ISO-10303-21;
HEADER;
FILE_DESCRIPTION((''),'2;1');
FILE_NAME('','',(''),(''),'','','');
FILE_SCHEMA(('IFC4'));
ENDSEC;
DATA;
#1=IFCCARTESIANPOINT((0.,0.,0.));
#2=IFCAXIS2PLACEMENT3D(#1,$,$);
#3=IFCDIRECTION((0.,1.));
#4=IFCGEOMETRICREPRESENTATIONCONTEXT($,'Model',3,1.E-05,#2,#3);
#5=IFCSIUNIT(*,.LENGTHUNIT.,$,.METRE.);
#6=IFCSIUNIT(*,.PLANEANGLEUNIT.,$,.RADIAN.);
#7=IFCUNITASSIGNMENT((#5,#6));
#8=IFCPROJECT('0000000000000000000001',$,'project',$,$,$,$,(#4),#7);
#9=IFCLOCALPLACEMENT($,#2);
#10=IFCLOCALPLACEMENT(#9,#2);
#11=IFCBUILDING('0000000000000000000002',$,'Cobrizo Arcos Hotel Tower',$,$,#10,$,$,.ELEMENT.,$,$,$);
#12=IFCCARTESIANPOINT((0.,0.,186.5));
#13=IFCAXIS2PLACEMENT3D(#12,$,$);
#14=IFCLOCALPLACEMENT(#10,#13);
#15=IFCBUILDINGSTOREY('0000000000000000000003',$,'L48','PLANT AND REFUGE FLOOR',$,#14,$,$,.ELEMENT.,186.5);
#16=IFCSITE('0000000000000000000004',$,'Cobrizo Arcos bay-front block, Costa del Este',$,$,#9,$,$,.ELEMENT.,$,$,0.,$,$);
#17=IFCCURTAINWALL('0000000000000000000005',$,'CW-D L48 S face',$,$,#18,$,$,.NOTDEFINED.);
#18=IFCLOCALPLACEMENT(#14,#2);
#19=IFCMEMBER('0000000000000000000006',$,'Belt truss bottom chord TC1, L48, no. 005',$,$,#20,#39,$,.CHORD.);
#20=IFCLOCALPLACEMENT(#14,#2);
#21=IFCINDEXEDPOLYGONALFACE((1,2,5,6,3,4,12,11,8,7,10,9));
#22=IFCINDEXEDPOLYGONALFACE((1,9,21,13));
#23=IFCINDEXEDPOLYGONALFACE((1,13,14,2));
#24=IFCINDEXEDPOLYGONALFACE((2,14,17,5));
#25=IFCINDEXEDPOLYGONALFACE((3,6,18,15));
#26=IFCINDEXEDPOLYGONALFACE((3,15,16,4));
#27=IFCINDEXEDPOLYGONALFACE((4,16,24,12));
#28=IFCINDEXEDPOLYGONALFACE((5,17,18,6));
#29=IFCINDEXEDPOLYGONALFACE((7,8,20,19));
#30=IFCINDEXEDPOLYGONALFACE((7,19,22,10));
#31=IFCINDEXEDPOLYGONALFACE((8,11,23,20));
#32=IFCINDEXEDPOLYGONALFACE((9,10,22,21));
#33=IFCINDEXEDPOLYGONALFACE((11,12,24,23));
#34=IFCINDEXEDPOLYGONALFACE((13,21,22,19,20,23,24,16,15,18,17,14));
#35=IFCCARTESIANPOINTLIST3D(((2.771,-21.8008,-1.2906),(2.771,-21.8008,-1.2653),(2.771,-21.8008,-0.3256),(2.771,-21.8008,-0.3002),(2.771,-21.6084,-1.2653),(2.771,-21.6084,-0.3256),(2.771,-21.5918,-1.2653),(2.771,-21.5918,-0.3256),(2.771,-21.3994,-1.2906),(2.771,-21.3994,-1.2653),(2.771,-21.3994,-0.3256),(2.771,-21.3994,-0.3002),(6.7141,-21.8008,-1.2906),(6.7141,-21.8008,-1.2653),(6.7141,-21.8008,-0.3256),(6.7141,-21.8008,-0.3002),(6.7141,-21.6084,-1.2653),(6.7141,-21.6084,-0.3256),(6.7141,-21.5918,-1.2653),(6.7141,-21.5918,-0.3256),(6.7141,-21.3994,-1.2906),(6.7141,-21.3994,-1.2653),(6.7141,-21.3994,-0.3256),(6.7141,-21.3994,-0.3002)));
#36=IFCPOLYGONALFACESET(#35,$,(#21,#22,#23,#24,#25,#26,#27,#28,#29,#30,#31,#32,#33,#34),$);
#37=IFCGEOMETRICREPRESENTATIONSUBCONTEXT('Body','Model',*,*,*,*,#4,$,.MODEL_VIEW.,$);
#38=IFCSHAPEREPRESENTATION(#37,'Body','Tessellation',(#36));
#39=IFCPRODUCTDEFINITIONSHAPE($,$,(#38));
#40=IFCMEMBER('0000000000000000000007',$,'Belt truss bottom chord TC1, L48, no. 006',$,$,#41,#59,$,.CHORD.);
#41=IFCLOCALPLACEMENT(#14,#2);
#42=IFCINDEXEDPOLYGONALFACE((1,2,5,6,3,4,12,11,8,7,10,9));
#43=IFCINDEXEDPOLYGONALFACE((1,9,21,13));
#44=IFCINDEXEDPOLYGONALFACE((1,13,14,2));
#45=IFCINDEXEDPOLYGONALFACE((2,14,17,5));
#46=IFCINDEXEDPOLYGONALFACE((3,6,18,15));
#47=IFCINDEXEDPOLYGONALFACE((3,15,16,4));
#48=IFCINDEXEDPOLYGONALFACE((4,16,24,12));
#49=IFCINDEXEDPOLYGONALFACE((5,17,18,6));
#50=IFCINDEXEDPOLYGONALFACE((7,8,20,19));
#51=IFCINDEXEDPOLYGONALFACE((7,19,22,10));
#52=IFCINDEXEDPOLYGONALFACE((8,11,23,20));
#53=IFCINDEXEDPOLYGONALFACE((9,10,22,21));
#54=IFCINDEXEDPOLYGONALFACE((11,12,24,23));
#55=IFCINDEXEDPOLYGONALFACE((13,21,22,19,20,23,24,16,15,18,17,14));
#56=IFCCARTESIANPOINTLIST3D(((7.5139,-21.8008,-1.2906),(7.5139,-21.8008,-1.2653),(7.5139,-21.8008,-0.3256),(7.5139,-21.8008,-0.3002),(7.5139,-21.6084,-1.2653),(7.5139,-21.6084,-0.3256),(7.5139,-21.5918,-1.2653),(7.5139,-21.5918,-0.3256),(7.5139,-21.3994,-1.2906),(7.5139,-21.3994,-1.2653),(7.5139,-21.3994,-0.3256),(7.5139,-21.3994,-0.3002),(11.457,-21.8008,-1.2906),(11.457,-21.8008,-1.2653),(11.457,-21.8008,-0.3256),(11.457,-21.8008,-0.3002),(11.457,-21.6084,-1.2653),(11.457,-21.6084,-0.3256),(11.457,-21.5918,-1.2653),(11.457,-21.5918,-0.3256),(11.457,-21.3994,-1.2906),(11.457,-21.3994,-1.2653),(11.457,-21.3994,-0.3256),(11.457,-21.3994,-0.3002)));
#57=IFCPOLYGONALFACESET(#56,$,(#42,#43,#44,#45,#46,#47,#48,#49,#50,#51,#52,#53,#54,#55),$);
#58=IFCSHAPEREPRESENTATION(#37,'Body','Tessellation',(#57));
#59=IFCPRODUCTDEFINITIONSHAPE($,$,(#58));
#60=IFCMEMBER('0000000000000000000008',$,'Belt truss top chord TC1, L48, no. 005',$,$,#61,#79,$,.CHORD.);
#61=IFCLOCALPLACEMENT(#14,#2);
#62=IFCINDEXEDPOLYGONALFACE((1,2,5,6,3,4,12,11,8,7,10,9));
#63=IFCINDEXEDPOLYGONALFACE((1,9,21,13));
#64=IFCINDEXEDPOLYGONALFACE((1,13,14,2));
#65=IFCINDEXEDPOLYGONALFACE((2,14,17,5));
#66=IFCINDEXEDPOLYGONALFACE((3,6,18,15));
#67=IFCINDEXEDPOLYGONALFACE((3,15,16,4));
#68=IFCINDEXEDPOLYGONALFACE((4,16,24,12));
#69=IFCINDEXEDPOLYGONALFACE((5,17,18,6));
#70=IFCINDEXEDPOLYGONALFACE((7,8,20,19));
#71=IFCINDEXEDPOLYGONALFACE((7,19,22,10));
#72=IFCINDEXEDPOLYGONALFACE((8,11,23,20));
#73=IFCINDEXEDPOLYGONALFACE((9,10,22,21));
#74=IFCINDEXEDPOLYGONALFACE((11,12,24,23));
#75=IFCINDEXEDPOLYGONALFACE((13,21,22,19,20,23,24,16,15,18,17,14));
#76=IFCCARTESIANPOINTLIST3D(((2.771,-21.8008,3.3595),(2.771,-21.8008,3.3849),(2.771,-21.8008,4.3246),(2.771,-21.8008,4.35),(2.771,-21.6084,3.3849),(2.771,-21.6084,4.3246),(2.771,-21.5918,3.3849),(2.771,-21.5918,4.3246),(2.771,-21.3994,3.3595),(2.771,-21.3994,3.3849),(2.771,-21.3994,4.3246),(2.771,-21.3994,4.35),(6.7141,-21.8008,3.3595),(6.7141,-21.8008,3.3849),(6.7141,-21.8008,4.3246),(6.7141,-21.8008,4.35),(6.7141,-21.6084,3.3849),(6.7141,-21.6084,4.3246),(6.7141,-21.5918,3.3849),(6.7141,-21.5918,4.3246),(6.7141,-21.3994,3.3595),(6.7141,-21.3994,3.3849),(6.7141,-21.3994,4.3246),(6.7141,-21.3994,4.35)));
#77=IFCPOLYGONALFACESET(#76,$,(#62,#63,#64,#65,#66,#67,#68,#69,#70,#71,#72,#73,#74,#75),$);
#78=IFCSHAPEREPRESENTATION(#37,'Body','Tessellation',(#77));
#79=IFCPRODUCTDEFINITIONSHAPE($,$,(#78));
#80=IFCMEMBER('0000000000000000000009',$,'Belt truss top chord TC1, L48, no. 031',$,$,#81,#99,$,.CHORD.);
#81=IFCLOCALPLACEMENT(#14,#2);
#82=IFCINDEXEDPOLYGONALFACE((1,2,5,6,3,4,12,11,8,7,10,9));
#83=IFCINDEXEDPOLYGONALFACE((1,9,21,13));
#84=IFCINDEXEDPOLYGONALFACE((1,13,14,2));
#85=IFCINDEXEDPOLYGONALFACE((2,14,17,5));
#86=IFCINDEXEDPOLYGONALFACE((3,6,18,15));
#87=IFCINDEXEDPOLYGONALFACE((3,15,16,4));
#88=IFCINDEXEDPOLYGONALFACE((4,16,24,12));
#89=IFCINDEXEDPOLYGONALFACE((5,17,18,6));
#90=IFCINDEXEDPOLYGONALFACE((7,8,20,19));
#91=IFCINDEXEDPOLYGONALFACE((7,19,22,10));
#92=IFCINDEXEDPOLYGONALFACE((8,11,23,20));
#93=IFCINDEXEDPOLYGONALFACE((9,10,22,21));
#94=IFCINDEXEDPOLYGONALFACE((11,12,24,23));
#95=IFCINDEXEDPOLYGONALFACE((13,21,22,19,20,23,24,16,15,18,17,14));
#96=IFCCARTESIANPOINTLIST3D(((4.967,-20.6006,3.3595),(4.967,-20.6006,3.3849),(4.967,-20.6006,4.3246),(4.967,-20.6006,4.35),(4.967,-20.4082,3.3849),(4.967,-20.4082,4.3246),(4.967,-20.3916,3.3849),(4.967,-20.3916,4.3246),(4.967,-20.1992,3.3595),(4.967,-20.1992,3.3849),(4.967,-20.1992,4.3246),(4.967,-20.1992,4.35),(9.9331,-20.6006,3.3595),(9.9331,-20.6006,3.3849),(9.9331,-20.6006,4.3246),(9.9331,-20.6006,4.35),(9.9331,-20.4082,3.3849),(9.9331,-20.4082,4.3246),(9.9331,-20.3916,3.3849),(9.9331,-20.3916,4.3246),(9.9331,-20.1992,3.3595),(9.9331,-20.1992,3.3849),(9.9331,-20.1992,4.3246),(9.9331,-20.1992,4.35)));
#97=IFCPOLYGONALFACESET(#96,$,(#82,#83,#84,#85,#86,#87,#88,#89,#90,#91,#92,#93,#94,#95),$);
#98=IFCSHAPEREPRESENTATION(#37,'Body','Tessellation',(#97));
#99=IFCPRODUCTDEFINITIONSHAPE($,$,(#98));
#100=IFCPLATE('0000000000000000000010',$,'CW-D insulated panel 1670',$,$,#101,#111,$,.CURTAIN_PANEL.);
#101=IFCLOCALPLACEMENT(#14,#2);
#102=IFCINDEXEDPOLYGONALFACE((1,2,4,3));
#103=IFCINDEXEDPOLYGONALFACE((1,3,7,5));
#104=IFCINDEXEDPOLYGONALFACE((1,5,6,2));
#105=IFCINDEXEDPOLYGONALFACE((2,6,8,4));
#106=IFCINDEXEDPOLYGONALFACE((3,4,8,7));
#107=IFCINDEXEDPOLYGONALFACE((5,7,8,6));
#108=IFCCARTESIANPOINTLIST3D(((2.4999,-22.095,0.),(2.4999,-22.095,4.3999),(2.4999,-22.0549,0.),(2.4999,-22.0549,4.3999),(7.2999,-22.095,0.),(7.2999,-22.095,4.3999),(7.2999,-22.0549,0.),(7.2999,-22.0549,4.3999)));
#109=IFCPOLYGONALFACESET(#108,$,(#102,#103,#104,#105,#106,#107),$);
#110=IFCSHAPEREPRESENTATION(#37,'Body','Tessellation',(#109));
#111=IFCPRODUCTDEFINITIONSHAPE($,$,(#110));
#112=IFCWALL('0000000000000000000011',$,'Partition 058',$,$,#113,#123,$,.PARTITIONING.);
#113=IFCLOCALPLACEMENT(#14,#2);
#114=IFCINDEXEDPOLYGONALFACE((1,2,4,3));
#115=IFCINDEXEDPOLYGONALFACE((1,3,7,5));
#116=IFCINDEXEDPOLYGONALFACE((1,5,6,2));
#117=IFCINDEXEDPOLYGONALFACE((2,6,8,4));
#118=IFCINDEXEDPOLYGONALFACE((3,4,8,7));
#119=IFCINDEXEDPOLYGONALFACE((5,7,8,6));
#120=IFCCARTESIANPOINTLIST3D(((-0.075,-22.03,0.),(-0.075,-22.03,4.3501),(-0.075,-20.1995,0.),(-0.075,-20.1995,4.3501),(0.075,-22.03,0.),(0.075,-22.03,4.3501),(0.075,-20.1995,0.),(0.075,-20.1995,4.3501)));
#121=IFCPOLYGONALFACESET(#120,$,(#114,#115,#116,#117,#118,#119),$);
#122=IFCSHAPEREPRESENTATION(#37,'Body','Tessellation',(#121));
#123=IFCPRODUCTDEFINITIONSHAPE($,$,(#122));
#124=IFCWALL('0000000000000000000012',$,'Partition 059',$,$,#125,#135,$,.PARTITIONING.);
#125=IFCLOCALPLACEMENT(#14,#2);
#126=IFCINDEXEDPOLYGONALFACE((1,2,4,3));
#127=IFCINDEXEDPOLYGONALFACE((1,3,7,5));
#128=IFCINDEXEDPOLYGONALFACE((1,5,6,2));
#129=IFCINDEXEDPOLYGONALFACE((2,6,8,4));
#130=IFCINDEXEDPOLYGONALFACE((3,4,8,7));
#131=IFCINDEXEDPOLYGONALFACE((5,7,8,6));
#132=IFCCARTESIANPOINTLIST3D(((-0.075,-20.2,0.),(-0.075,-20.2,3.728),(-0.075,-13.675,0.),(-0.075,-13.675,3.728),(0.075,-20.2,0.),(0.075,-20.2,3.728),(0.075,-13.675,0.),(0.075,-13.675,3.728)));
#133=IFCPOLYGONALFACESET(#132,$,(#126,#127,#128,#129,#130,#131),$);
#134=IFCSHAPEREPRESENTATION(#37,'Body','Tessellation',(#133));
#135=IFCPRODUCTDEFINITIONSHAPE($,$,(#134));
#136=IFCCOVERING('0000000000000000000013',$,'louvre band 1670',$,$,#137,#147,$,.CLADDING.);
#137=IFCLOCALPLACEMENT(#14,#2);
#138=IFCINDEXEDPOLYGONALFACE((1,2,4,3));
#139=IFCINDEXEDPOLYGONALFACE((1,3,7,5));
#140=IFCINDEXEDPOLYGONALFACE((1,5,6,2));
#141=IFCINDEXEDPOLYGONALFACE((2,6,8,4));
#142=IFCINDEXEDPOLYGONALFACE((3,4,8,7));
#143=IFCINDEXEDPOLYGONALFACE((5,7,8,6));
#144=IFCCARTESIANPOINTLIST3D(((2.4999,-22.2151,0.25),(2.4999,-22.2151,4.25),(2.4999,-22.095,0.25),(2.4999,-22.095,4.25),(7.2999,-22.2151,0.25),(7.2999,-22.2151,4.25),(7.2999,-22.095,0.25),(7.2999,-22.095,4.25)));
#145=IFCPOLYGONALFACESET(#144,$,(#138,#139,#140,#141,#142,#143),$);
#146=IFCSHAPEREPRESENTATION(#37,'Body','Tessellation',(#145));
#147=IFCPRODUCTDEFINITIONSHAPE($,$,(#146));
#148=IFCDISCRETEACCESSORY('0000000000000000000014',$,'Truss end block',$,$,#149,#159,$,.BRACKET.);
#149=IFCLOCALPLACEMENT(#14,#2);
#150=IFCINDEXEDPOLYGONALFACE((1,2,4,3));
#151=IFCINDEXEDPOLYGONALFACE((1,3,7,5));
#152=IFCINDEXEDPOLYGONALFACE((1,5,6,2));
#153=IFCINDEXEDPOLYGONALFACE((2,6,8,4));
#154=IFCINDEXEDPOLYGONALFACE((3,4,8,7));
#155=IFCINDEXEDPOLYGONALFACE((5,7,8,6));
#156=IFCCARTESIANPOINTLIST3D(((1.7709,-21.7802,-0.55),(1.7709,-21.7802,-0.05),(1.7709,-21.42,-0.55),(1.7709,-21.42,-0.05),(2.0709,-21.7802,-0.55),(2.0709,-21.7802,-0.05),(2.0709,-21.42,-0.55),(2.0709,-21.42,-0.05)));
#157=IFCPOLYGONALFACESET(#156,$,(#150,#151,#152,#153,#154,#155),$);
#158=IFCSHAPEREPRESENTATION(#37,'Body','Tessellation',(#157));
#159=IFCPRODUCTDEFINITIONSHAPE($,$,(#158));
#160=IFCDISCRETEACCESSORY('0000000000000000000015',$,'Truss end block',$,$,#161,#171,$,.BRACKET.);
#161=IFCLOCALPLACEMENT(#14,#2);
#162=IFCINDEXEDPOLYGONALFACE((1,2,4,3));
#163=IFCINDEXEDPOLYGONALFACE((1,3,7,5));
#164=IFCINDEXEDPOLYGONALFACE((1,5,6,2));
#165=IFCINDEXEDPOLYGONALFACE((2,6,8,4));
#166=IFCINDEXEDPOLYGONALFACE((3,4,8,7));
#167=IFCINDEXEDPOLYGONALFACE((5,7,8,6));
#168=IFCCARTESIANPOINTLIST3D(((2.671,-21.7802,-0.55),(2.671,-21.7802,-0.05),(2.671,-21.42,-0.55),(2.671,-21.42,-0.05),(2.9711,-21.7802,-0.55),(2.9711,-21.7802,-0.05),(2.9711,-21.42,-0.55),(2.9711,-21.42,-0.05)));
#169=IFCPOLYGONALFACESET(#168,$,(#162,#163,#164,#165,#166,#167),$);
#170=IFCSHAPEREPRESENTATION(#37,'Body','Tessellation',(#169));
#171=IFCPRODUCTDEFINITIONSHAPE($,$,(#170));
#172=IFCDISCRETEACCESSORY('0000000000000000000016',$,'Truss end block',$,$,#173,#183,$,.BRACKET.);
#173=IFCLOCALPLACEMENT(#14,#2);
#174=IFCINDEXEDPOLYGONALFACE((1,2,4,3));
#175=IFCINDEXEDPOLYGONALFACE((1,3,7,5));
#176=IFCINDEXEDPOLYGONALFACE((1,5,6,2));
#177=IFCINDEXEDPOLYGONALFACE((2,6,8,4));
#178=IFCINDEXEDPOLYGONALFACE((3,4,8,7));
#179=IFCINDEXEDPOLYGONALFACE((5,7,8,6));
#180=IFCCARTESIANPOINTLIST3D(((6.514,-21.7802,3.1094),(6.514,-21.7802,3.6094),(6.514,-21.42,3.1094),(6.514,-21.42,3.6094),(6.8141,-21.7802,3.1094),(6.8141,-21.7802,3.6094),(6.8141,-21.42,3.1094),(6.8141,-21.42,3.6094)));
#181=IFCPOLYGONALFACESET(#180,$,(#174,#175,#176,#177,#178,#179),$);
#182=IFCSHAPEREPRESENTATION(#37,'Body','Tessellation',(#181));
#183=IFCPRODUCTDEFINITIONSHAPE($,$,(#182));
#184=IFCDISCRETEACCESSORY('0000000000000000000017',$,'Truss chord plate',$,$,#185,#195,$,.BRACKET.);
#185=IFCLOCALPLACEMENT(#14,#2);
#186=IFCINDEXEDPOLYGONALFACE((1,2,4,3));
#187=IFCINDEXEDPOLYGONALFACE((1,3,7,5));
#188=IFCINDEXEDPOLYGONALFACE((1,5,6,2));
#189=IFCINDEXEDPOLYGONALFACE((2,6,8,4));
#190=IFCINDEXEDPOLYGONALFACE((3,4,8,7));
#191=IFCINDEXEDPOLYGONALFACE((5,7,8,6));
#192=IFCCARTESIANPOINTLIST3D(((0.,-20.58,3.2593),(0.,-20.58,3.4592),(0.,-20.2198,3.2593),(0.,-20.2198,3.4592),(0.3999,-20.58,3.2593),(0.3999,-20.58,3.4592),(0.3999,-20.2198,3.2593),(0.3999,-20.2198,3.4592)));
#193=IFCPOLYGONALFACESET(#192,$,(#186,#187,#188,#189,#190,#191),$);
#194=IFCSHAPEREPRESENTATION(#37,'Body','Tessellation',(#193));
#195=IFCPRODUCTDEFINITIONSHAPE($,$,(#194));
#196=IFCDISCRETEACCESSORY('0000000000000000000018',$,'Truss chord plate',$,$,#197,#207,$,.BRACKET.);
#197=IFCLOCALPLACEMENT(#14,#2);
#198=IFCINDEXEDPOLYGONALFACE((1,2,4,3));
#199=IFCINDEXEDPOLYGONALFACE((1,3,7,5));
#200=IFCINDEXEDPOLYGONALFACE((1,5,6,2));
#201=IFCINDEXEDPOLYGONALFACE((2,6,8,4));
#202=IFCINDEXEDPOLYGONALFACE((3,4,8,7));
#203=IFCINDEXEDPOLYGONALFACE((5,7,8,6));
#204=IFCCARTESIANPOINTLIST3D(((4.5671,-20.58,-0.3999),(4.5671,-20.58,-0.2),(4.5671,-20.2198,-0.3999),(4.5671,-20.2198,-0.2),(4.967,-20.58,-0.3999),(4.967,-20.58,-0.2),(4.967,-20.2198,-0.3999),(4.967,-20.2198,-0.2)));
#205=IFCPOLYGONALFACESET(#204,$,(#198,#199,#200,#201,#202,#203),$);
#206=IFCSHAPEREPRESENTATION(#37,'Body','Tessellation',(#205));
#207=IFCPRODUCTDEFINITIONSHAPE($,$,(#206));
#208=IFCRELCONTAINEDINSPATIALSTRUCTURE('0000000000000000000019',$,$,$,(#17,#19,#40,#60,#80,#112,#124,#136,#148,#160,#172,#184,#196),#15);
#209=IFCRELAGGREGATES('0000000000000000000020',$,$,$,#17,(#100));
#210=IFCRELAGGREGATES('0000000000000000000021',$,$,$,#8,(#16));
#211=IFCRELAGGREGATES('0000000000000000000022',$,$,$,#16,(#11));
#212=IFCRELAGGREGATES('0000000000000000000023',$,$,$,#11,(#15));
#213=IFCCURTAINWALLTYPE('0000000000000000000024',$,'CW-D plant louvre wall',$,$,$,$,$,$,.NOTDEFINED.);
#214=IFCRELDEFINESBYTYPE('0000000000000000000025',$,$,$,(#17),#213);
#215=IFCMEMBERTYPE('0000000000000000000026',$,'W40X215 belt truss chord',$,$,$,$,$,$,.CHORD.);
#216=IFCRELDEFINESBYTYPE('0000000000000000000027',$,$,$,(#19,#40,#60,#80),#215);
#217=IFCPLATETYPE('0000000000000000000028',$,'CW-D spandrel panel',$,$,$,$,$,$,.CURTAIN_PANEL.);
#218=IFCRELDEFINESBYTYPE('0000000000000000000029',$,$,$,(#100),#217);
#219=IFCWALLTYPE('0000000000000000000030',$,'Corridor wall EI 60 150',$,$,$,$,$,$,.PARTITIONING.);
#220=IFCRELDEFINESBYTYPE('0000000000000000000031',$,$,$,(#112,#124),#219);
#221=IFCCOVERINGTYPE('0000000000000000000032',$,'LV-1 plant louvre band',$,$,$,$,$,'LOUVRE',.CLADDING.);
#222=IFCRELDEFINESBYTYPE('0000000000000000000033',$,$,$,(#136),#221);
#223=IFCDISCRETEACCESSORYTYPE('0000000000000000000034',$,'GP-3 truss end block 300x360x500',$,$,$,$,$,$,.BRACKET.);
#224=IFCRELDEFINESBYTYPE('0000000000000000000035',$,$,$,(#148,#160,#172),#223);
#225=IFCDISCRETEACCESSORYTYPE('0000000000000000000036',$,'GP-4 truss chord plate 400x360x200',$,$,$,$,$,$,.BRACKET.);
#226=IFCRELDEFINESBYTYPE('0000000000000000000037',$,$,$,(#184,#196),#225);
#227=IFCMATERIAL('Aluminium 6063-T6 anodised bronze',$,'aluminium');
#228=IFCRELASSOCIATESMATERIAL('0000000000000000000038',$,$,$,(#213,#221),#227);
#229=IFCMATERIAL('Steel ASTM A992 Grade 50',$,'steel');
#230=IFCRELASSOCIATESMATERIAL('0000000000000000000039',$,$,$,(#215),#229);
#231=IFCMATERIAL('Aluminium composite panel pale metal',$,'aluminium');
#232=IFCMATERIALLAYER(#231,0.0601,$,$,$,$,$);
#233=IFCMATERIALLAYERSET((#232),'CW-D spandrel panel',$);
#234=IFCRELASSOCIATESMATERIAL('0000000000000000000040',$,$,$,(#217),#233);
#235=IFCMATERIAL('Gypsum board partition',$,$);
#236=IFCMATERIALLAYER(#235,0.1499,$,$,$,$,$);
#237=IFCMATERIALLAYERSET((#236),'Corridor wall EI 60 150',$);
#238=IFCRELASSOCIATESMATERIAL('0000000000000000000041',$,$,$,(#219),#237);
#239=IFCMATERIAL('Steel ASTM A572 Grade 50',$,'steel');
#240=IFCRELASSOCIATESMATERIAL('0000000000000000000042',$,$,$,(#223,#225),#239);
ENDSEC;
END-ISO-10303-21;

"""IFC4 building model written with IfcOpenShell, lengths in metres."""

from ifc_helpers import new_model, si_unit, direction, frame, frame_2d, origin, origin_2d, place, context, subcontext, project, spatial, rectangle, i_section, extrude, material, layer, layer_set, material_profile, profile_set, type_object, element, aggregate, save


model = new_model("IFC4")

# Units and contexts
model_context = context("Model", 3, precision=1e-05, world=origin(), true_north=direction((0.0, 1.0)))
body_context = subcontext(model_context, "Body", "Model", "MODEL_VIEW")
ifc_project = project(units=[si_unit("LENGTHUNIT", "METRE"), si_unit("PLANEANGLEUNIT", "RADIAN")], contexts=[model_context])

# Site, building, storey
site_placement = place(None, origin())
site = spatial("IfcSite", under=ifc_project, at=site_placement, Name="Cobrizo Arcos bay-front block, Costa del Este", CompositionType="ELEMENT", RefElevation=0.0)
building_placement = place(site_placement, origin())
building = spatial("IfcBuilding", under=site, at=building_placement, Name="Cobrizo Arcos Hotel Tower", CompositionType="ELEMENT")
storey_placement = place(building_placement, frame((0.0, 0.0, 186.5)))
storey = spatial("IfcBuildingStorey", under=building, at=storey_placement, Name="L48", Description="PLANT AND REFUGE FLOOR", CompositionType="ELEMENT", Elevation=186.5)

# Shared definitions
ifc_material_1 = material(Name="Steel ASTM A572 Grade 50", Category="steel")

# Curtain wall
ifc_material_2 = material(Name="Aluminium 6063-T6 anodised bronze", Category="aluminium")
curtain_wall_type = type_object("IfcCurtainWallType", Name="CW-D plant louvre wall", PredefinedType="NOTDEFINED", material=ifc_material_2)
curtain_wall_placement = place(storey_placement, origin())
curtain_wall = element("IfcCurtainWall", 1, at=curtain_wall_placement, inside=storey, type_object=curtain_wall_type, Name="CW-D L48 S face", PredefinedType="NOTDEFINED")

# Members
ifc_material_3 = material(Name="Steel ASTM A992 Grade 50", Category="steel")
ifc_material_profile_1 = material_profile(ifc_material_3, i_section(OverallWidth=0.4014, OverallDepth=0.9905, WebThickness=0.0166, FlangeThickness=0.0254, at=origin_2d()), Name="W40X215")
ifc_profile_set_1 = profile_set([ifc_material_profile_1], Name="Steel ASTM A992 Grade 50")
member_type_1 = type_object("IfcMemberType", Name="W40X215 belt truss chord", PredefinedType="CHORD", material=ifc_profile_set_1)
for number, where, z_axis, x_axis, name in (
    (2, (2.771, -21.6001, -0.7954), (1.0, 0.0, 0.0), (0.0, 1.0, 0.0), "Belt truss bottom chord TC1, L48, no. 005"),
    (3, (7.5139, -21.6001, -0.7954), (1.0, 0.0, 0.0), (0.0, 1.0, 0.0), "Belt truss bottom chord TC1, L48, no. 006"),
    (4, (2.771, -21.6001, 3.8547), (1.0, 0.0, 0.0), (0.0, 1.0, 0.0), "Belt truss top chord TC1, L48, no. 005"),
):
    element("IfcMember", number, at=place(storey_placement, frame(where, z_axis=z_axis, x_axis=x_axis)), inside=storey, type_object=member_type_1, Name=name, PredefinedType="CHORD", context=body_context, shape_type="SweptSolid", body=[
        extrude(i_section(OverallWidth=0.4014, OverallDepth=0.9905, WebThickness=0.0166, FlangeThickness=0.0254, at=origin_2d()), origin(), (0.0, 0.0, 1.0), 3.9431),
    ])
member_1_placement = place(storey_placement, frame((4.967, -20.3999, 3.8547), z_axis=(1.0, 0.0, 0.0), x_axis=(0.0, 1.0, 0.0)))
element("IfcMember", 5, at=member_1_placement, inside=storey, type_object=member_type_1, Name="Belt truss top chord TC1, L48, no. 031", PredefinedType="CHORD", context=body_context, shape_type="SweptSolid", body=[
    extrude(i_section(OverallWidth=0.4014, OverallDepth=0.9905, WebThickness=0.0166, FlangeThickness=0.0254, at=origin_2d()), origin(), (0.0, 0.0, 1.0), 4.9661),
])

# Plate
ifc_material_4 = material(Name="Aluminium composite panel pale metal", Category="aluminium")
ifc_layer_1 = layer(ifc_material_4, 0.0601)
ifc_layer_set_1 = layer_set([ifc_layer_1], Name="CW-D spandrel panel")
plate_type = type_object("IfcPlateType", Name="CW-D spandrel panel", PredefinedType="CURTAIN_PANEL", material=ifc_layer_set_1)
plate_placement = place(storey_placement, frame((4.8999, -22.075, 0.0), z_axis=(0.0, 0.0, 1.0), x_axis=(1.0, 0.0, 0.0)))
plate = element("IfcPlate", 6, at=plate_placement, type_object=plate_type, Name="CW-D insulated panel 1670", PredefinedType="CURTAIN_PANEL", context=body_context, shape_type="SweptSolid", body=[
    extrude(rectangle(XDim=4.8, YDim=0.04, at=origin_2d()), origin(), (0.0, 0.0, 1.0), 4.3999),
])
aggregate(curtain_wall, [plate])

# Walls
ifc_material_5 = material(Name="Gypsum board partition")
ifc_layer_2 = layer(ifc_material_5, 0.1499)
ifc_layer_set_2 = layer_set([ifc_layer_2], Name="Corridor wall EI 60 150")
wall_type = type_object("IfcWallType", Name="Corridor wall EI 60 150", PredefinedType="PARTITIONING", material=ifc_layer_set_2)
wall_1_placement = place(storey_placement, frame((0.0, -22.03, 0.0), z_axis=(0.0, 0.0, 1.0), x_axis=(0.0, 1.0, 0.0)))
element("IfcWall", 7, at=wall_1_placement, inside=storey, type_object=wall_type, Name="Partition 058", PredefinedType="PARTITIONING", context=body_context, shape_type="SweptSolid", body=[
    extrude(rectangle(XDim=1.8306, YDim=0.1499, at=frame_2d((0.9153, 0.0))), origin(), (0.0, 0.0, 1.0), 4.3501),
])
wall_2_placement = place(storey_placement, frame((0.0, -20.2, 0.0), z_axis=(0.0, 0.0, 1.0), x_axis=(0.0, 1.0, 0.0)))
element("IfcWall", 8, at=wall_2_placement, inside=storey, type_object=wall_type, Name="Partition 059", PredefinedType="PARTITIONING", context=body_context, shape_type="SweptSolid", body=[
    extrude(rectangle(XDim=6.5249, YDim=0.1499, at=frame_2d((3.2625, 0.0))), origin(), (0.0, 0.0, 1.0), 3.728),
])

# Covering
covering_type = type_object("IfcCoveringType", Name="LV-1 plant louvre band", ElementType="LOUVRE", PredefinedType="CLADDING", material=ifc_material_2)
covering_placement = place(storey_placement, frame((4.8999, -22.155, 0.25), z_axis=(0.0, 0.0, 1.0), x_axis=(1.0, 0.0, 0.0)))
element("IfcCovering", 9, at=covering_placement, inside=storey, type_object=covering_type, Name="louvre band 1670", PredefinedType="CLADDING", context=body_context, shape_type="SweptSolid", body=[
    extrude(rectangle(XDim=4.8, YDim=0.1201, at=origin_2d()), origin(), (0.0, 0.0, 1.0), 4.0),
])

# Discrete accessories
discrete_accessory_type_1 = type_object("IfcDiscreteAccessoryType", Name="GP-3 truss end block 300x360x500", PredefinedType="BRACKET", material=ifc_material_1)
for number, where, z_axis, x_axis, name in (
    (10, (1.9209, -21.6001, -0.55), (0.0, 0.0, 1.0), (-1.0, 0.0, 0.0), "Truss end block"),
    (11, (2.821, -21.6001, -0.55), (0.0, 0.0, 1.0), (1.0, 0.0, 0.0), "Truss end block"),
    (12, (6.6641, -21.6001, 3.1094), (0.0, 0.0, 1.0), (-1.0, 0.0, 0.0), "Truss end block"),
):
    element("IfcDiscreteAccessory", number, at=place(storey_placement, frame(where, z_axis=z_axis, x_axis=x_axis)), inside=storey, type_object=discrete_accessory_type_1, Name=name, PredefinedType="BRACKET", context=body_context, shape_type="SweptSolid", body=[
        extrude(rectangle(XDim=0.3, YDim=0.3601, at=origin_2d()), origin(), (0.0, 0.0, 1.0), 0.5),
    ])
discrete_accessory_type_2 = type_object("IfcDiscreteAccessoryType", Name="GP-4 truss chord plate 400x360x200", PredefinedType="BRACKET", material=ifc_material_1)
for number, where, z_axis, x_axis, name in (
    (13, (0.2, -20.3999, 3.2593), (0.0, 0.0, 1.0), (1.0, 0.0, 0.0), "Truss chord plate"),
    (14, (4.7671, -20.3999, -0.3999), (0.0, 0.0, 1.0), (1.0, 0.0, 0.0), "Truss chord plate"),
):
    element("IfcDiscreteAccessory", number, at=place(storey_placement, frame(where, z_axis=z_axis, x_axis=x_axis)), inside=storey, type_object=discrete_accessory_type_2, Name=name, PredefinedType="BRACKET", context=body_context, shape_type="SweptSolid", body=[
        extrude(rectangle(XDim=0.3999, YDim=0.3601, at=origin_2d()), origin(), (0.0, 0.0, 1.0), 0.2),
    ])

save(model, "model.ifc")
